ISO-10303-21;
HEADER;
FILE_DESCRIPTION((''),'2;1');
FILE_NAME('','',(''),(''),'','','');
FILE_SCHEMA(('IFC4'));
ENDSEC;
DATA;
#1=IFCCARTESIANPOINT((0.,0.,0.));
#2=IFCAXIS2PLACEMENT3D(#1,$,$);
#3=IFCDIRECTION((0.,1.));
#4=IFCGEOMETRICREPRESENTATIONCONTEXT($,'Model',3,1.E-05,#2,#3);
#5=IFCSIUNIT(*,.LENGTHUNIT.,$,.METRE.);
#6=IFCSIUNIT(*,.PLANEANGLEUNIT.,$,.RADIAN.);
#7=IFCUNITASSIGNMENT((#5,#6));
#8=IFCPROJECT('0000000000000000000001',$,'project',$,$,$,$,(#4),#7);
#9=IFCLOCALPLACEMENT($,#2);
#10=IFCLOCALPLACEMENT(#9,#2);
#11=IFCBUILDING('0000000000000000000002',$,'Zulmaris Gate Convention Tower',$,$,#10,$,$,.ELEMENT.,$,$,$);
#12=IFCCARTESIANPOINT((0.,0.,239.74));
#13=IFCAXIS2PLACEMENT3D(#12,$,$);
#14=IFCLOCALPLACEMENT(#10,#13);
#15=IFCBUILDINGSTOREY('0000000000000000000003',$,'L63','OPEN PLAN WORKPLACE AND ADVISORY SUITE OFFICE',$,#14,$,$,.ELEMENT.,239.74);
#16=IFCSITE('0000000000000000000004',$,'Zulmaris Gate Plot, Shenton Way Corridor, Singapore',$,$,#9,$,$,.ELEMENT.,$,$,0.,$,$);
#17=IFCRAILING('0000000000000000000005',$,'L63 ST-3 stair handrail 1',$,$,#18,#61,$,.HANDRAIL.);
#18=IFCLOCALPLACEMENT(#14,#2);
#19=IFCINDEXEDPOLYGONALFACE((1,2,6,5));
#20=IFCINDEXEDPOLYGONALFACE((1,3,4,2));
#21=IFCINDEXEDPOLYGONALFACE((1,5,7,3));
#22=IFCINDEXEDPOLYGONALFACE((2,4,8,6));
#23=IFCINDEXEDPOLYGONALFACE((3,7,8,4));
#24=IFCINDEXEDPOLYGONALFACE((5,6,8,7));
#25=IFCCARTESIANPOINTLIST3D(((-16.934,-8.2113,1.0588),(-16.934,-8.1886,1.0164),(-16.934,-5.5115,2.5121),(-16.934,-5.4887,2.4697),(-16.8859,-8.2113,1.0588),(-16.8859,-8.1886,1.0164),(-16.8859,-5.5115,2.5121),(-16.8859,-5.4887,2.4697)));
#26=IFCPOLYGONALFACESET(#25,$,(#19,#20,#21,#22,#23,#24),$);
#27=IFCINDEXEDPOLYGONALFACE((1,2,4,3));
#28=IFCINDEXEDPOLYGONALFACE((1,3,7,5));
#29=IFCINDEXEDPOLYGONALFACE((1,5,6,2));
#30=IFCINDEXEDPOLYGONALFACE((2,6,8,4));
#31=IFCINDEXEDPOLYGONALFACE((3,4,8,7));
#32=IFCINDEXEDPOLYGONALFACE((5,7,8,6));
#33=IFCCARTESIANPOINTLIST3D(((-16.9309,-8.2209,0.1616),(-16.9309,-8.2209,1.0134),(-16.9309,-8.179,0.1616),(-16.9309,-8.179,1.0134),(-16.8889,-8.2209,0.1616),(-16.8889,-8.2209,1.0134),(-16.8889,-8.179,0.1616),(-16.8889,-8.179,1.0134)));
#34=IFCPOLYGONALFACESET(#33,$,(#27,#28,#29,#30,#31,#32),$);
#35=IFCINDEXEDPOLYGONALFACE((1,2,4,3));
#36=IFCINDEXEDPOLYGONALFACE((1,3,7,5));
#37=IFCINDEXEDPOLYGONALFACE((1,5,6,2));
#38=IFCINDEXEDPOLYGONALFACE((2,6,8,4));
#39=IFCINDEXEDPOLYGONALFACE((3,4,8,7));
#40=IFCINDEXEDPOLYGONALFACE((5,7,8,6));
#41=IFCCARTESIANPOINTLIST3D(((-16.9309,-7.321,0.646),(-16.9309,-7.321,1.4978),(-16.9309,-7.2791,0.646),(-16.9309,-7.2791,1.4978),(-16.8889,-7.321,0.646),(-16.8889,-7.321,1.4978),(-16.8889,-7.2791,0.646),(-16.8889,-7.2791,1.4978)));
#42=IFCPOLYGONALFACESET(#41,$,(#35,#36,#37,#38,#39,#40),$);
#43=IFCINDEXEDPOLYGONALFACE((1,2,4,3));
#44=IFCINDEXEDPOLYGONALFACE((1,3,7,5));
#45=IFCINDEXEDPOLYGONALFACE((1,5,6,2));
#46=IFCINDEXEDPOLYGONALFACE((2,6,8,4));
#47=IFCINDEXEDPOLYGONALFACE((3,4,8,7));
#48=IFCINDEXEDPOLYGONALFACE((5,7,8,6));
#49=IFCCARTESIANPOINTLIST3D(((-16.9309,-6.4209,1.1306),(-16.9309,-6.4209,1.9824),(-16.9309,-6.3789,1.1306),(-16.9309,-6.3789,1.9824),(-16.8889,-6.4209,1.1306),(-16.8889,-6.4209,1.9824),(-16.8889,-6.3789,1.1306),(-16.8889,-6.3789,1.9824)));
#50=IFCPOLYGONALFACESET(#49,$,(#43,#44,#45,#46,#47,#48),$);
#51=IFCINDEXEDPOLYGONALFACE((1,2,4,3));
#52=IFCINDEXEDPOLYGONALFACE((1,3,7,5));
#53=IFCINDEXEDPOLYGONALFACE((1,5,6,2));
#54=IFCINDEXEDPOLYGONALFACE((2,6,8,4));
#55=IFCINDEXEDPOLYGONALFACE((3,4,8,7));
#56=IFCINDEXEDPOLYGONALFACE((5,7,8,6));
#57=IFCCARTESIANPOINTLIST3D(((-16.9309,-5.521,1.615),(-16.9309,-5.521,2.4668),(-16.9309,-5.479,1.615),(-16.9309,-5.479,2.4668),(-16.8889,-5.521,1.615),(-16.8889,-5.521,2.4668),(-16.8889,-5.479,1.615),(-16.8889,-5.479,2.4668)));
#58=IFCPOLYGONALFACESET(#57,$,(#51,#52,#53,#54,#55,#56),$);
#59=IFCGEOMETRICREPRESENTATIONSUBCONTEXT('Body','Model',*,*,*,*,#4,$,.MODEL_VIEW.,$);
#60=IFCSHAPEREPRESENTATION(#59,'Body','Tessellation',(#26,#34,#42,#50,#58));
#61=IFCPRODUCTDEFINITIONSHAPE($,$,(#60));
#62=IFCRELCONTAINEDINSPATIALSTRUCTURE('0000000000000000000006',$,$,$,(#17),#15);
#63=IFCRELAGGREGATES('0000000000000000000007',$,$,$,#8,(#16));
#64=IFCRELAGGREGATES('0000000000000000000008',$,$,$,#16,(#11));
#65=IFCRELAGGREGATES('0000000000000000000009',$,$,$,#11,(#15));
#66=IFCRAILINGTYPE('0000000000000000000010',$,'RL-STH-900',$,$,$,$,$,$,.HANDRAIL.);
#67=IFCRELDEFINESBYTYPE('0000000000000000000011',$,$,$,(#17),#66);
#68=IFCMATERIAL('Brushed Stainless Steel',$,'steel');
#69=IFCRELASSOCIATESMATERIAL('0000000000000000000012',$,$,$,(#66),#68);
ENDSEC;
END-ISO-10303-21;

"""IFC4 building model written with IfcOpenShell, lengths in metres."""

from ifc_helpers import new_model, si_unit, direction, frame, origin, origin_2d, place, context, subcontext, project, spatial, rectangle, extrude, material, type_object, element, save


model = new_model("IFC4")

# Units and contexts
model_context = context("Model", 3, precision=1e-05, world=origin(), true_north=direction((0.0, 1.0)))
body_context = subcontext(model_context, "Body", "Model", "MODEL_VIEW")
ifc_project = project(units=[si_unit("LENGTHUNIT", "METRE"), si_unit("PLANEANGLEUNIT", "RADIAN")], contexts=[model_context])

# Site, building, storey
site_placement = place(None, origin())
site = spatial("IfcSite", under=ifc_project, at=site_placement, Name="Zulmaris Gate Plot, Shenton Way Corridor, Singapore", CompositionType="ELEMENT", RefElevation=0.0)
building_placement = place(site_placement, origin())
building = spatial("IfcBuilding", under=site, at=building_placement, Name="Zulmaris Gate Convention Tower", CompositionType="ELEMENT")
storey_placement = place(building_placement, frame((0.0, 0.0, 239.74)))
storey = spatial("IfcBuildingStorey", under=building, at=storey_placement, Name="L63", Description="OPEN PLAN WORKPLACE AND ADVISORY SUITE OFFICE", CompositionType="ELEMENT", Elevation=239.74)

# Shared definitions
ifc_material_1 = material(Name="Brushed Stainless Steel", Category="steel")

# Railing
railing_type_1 = type_object("IfcRailingType", Name="RL-STH-900", PredefinedType="HANDRAIL", material=ifc_material_1)
for number, where, name in (
    (1, (-16.9099, -8.2, 0.1616), "L63 ST-3 stair handrail 1"),
):
    element("IfcRailing", number, at=place(storey_placement, frame(where)), inside=storey, type_object=railing_type_1, Name=name, PredefinedType="HANDRAIL", context=body_context, shape_type="SweptSolid", body=[
        extrude(rectangle(XDim=0.0481, YDim=0.0481, at=origin_2d()), frame((0.0, 0.0, 0.876), z_axis=(0.0, 0.880532, 0.473986), x_axis=(-1.0, 0.0, 0.0)), (0.0, 0.0, 1.0), 3.0662),
        extrude(rectangle(XDim=0.042, YDim=0.042, at=origin_2d()), origin(), (0.0, 0.0, 1.0), 0.8518),
        extrude(rectangle(XDim=0.042, YDim=0.042, at=origin_2d()), frame((0.0, 0.8999, 0.4844)), (0.0, 0.0, 1.0), 0.8518),
        extrude(rectangle(XDim=0.042, YDim=0.042, at=origin_2d()), frame((0.0, 1.8, 0.969)), (0.0, 0.0, 1.0), 0.8518),
        extrude(rectangle(XDim=0.042, YDim=0.042, at=origin_2d()), frame((0.0, 2.7, 1.4534)), (0.0, 0.0, 1.0), 0.8518),
    ])

save(model, "model.ifc")
